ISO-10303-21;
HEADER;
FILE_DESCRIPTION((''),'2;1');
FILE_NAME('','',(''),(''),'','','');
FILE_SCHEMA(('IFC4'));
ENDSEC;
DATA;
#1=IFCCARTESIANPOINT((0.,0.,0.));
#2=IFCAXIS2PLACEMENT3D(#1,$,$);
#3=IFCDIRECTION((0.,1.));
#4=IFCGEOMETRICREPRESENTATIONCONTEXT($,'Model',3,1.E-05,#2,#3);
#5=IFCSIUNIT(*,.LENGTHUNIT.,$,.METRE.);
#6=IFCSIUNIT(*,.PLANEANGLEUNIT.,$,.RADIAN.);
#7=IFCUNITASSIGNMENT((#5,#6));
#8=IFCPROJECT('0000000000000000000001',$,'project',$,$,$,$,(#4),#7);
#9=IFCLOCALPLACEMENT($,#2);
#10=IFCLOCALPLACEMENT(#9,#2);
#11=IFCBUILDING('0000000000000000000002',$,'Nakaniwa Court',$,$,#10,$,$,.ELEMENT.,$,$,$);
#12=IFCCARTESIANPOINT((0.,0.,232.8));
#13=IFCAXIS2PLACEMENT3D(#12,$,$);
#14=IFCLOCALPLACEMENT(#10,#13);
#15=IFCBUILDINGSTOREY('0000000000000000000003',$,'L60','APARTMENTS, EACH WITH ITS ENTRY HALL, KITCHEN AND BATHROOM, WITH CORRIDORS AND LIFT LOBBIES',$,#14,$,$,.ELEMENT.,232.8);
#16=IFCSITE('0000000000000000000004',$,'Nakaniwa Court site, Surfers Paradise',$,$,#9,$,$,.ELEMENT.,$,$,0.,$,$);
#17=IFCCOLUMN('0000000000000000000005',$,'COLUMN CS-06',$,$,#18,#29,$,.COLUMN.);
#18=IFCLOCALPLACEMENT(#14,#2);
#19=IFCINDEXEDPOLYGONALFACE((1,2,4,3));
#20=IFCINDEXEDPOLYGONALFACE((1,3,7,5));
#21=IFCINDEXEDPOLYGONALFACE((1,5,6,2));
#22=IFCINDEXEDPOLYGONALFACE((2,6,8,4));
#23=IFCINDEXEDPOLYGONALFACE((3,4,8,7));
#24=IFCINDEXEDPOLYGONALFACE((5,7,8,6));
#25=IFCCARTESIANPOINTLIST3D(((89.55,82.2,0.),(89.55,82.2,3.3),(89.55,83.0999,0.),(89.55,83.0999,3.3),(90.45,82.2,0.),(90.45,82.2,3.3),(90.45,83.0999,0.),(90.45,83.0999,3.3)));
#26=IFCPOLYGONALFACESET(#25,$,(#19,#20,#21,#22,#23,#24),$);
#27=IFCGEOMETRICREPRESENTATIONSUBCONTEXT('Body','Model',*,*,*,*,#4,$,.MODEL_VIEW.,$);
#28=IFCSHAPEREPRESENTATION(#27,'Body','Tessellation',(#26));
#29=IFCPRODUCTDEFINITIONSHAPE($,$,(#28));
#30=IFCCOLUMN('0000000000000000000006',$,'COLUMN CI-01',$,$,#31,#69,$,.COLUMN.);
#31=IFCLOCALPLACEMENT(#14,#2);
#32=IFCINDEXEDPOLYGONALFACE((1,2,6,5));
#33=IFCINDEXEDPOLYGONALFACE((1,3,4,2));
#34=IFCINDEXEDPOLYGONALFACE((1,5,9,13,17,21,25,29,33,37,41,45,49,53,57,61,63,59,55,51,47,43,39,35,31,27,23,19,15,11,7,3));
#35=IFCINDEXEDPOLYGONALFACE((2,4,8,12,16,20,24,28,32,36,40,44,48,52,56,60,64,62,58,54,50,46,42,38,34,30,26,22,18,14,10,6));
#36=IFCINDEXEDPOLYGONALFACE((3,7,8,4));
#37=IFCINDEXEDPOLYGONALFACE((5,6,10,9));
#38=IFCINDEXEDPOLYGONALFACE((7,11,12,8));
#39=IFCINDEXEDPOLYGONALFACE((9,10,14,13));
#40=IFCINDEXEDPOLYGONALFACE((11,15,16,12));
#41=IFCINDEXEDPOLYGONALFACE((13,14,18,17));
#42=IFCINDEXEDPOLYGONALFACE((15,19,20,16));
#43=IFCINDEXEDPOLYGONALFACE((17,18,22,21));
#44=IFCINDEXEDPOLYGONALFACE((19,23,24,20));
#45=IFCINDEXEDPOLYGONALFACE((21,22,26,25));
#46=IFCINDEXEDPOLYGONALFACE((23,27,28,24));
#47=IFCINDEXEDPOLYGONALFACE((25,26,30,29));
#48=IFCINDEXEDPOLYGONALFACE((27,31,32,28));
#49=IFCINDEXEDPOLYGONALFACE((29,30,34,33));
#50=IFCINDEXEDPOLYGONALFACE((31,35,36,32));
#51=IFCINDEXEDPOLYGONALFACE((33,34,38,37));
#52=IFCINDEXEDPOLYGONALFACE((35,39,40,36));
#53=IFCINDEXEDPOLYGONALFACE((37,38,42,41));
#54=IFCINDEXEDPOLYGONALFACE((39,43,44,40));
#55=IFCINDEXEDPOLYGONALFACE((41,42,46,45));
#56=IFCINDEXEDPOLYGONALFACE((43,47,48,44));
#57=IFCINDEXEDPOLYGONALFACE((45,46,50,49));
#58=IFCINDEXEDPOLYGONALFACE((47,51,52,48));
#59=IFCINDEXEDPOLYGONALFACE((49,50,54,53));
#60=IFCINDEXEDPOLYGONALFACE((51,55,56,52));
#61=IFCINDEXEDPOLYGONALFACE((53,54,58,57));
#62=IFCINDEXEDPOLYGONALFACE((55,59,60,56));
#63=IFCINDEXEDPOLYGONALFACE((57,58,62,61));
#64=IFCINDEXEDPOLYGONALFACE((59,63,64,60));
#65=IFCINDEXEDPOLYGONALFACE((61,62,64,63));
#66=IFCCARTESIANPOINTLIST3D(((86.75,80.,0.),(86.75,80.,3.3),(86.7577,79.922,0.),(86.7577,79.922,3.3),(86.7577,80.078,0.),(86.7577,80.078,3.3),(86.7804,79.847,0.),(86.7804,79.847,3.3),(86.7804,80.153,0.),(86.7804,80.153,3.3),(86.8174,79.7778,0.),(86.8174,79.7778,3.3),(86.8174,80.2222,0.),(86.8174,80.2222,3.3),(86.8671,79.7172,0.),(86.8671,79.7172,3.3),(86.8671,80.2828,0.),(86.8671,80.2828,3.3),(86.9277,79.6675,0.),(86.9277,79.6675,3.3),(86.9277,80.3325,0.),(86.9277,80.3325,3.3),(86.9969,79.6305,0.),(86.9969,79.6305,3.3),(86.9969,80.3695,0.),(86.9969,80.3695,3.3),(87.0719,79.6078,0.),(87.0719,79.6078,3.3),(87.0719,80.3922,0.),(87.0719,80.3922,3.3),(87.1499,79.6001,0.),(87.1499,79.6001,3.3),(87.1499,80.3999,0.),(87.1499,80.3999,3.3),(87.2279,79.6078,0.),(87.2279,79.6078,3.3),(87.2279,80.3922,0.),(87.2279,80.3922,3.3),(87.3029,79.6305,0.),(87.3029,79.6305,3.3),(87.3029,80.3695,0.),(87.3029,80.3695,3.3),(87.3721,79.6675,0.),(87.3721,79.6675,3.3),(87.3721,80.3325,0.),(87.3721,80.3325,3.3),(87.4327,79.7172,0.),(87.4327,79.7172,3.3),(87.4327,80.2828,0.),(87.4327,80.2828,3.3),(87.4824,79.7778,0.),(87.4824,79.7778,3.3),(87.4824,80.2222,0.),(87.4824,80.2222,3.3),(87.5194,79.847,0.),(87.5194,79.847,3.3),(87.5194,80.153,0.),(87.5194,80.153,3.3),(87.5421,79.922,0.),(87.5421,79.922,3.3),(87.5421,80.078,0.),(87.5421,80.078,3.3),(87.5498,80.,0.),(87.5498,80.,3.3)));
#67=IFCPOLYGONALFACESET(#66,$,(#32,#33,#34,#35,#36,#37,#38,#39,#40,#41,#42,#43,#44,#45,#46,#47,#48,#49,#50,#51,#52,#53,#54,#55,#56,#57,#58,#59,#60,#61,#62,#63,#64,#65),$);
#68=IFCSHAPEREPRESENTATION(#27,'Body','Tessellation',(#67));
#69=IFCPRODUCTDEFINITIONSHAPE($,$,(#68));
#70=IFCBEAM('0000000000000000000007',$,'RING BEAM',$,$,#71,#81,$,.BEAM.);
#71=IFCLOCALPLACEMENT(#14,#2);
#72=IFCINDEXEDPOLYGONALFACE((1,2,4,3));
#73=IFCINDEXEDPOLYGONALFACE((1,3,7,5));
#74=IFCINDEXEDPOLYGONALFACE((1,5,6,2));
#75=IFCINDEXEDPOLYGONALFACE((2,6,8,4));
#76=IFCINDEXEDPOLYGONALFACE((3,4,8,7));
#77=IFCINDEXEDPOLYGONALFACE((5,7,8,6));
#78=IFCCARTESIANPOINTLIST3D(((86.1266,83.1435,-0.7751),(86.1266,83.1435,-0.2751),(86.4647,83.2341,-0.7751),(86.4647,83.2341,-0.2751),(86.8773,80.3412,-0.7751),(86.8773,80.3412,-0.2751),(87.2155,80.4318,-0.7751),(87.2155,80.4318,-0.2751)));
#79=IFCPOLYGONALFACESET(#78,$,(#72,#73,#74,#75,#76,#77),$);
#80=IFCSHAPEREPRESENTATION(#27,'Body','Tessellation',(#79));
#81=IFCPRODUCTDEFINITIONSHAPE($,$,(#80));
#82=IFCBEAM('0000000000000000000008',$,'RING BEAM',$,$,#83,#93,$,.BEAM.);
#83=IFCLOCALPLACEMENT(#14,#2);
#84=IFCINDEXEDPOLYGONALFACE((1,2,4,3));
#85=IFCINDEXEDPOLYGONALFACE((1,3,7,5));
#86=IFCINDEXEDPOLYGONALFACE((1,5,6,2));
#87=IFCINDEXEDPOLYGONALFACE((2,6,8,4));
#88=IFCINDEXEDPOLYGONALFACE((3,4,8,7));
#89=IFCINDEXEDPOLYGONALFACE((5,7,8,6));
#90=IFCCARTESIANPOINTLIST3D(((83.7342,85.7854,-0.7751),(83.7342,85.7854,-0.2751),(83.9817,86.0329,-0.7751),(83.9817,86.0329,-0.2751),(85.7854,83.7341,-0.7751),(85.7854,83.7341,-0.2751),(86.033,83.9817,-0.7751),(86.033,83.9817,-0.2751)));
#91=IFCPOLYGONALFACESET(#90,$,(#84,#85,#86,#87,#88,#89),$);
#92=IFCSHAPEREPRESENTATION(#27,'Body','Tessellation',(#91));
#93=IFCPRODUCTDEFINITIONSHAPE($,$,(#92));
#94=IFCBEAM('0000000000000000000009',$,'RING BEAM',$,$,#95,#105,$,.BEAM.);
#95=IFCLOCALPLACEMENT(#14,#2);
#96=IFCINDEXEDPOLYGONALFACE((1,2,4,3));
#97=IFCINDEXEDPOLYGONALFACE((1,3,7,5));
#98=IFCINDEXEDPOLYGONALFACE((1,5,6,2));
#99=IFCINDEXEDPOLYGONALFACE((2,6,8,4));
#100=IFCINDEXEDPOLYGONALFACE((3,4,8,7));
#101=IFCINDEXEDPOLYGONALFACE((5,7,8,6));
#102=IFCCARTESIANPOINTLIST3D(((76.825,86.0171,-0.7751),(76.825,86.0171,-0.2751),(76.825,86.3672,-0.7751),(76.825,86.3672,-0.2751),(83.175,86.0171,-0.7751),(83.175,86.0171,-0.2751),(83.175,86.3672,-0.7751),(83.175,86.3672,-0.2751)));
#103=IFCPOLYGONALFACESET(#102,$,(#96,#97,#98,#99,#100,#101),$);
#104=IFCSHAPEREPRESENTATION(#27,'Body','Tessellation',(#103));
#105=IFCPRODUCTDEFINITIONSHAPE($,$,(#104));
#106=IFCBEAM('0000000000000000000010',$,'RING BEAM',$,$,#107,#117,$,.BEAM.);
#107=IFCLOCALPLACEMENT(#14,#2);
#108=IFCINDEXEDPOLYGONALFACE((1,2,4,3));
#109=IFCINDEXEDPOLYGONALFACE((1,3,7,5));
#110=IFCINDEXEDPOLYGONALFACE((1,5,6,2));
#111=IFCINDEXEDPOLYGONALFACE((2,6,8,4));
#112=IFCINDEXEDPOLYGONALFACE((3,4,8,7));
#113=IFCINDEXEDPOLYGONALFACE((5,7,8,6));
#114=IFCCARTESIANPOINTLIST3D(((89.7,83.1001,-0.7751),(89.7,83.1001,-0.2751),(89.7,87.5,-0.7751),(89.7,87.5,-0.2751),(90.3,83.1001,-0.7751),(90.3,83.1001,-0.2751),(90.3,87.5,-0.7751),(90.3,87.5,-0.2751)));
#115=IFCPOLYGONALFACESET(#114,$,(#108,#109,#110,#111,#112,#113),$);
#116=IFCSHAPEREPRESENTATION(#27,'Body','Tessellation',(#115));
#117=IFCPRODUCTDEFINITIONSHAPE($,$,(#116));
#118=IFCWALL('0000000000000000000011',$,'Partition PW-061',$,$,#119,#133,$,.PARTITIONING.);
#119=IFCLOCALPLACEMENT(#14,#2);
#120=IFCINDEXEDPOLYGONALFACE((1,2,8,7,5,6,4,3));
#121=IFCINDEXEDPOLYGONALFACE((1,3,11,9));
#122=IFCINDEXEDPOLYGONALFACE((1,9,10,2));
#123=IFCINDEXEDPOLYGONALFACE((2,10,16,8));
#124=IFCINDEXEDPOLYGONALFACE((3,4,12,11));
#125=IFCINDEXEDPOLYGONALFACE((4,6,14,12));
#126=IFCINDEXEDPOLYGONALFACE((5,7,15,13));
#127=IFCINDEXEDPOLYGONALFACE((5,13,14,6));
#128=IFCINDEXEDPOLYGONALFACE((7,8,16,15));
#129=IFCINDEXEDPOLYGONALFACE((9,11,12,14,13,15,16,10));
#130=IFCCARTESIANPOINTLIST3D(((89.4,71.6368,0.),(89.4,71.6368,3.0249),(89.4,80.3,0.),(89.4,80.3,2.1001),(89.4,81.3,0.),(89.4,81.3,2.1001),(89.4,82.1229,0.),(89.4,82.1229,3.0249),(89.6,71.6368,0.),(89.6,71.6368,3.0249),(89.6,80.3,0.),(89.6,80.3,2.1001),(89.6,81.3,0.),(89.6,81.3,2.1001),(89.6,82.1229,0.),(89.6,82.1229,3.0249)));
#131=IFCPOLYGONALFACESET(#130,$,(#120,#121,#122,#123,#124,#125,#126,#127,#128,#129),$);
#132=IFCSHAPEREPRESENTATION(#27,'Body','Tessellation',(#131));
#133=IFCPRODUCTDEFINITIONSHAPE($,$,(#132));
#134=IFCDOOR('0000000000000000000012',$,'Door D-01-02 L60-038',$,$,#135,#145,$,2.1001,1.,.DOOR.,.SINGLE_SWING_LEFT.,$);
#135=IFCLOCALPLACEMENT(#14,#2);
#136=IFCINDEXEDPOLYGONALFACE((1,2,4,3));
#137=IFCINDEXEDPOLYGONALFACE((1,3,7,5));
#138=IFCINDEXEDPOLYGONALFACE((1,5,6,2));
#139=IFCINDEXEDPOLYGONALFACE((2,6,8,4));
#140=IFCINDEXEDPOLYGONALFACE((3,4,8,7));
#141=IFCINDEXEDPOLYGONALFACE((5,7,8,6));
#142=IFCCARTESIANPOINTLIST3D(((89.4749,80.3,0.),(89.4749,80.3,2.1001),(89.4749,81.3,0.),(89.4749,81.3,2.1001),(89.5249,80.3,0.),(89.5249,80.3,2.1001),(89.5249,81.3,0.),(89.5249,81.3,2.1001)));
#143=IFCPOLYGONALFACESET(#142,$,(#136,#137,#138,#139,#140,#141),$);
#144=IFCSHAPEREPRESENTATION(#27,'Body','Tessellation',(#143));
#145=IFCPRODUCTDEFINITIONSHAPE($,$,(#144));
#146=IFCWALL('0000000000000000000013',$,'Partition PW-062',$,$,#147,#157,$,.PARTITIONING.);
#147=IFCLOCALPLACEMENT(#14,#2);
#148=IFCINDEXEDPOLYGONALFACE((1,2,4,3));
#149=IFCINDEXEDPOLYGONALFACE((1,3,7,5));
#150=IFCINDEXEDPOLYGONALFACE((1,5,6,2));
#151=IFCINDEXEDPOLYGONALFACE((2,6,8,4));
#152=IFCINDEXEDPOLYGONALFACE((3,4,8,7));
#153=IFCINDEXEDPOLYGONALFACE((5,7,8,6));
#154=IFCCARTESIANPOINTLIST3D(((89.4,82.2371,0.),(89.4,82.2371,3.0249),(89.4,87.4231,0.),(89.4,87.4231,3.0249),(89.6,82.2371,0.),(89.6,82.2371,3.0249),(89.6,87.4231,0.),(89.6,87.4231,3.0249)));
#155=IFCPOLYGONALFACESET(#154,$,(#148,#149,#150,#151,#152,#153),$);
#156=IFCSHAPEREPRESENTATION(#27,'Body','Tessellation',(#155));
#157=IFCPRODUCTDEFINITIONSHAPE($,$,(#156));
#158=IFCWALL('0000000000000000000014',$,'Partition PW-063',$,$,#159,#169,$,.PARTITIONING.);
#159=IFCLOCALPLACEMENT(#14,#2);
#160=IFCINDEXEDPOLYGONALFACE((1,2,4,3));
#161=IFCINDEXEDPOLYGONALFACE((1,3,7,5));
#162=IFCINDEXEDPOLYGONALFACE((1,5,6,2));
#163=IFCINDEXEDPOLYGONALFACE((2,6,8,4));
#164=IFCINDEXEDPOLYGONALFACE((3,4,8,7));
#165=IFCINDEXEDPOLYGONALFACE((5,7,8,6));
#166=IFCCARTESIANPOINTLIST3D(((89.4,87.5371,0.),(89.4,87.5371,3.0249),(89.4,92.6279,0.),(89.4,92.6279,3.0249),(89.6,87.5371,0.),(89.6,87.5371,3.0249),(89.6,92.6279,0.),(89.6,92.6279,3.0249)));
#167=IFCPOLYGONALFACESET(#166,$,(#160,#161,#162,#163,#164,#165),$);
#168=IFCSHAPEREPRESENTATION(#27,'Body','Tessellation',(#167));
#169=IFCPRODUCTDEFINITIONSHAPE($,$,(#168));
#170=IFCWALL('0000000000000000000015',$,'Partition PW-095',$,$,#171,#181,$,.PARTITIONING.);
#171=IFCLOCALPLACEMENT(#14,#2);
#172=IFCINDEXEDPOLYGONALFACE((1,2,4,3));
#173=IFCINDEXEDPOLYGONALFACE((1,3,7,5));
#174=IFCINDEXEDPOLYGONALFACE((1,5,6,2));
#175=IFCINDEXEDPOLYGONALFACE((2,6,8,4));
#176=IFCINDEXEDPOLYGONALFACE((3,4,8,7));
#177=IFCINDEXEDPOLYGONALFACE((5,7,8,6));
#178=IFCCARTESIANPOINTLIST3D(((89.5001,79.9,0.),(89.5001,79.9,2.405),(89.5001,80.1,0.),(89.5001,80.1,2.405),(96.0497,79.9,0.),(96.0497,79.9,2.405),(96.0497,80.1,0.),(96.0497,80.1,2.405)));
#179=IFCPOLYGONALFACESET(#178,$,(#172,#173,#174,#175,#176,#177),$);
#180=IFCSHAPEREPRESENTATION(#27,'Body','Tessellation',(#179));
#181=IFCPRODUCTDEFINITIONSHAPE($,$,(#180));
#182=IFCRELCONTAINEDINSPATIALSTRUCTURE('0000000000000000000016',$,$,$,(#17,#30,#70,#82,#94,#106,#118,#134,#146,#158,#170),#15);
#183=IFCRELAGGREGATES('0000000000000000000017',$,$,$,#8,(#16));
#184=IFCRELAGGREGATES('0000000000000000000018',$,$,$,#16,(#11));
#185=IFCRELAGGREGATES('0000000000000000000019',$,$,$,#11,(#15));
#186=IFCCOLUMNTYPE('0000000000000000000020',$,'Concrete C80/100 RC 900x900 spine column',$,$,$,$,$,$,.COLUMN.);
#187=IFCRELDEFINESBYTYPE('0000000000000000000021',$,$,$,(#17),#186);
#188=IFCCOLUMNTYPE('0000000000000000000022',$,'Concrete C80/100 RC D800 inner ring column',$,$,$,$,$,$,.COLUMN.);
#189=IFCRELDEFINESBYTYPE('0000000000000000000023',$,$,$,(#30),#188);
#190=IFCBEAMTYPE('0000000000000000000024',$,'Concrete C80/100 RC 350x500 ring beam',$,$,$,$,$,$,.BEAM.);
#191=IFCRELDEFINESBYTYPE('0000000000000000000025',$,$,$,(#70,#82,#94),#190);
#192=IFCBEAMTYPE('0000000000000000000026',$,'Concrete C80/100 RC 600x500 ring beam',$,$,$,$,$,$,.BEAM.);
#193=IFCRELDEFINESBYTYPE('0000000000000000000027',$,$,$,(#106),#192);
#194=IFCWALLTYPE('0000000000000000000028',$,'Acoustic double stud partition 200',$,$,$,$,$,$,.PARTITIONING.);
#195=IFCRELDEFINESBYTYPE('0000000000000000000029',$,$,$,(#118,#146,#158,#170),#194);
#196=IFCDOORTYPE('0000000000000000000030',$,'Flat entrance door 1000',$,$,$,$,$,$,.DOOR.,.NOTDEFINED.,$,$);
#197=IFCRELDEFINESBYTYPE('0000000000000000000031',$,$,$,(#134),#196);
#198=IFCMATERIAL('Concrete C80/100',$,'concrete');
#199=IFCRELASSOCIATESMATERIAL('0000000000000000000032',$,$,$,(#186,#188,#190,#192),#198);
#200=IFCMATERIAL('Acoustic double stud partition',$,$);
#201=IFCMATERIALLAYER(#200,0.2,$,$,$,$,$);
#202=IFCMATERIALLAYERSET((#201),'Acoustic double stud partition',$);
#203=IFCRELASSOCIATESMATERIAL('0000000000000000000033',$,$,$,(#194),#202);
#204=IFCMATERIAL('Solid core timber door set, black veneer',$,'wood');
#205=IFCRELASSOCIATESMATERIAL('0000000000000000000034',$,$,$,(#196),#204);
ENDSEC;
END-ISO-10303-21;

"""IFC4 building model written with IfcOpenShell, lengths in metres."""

from ifc_helpers import new_model, si_unit, direction, frame, frame_2d, origin, origin_2d, place, context, subcontext, project, spatial, rectangle, circle, extrude, material, layer, layer_set, material_profile, profile_set, type_object, element, fill, save


model = new_model("IFC4")

# Units and contexts
model_context = context("Model", 3, precision=1e-05, world=origin(), true_north=direction((0.0, 1.0)))
body_context = subcontext(model_context, "Body", "Model", "MODEL_VIEW")
ifc_project = project(units=[si_unit("LENGTHUNIT", "METRE"), si_unit("PLANEANGLEUNIT", "RADIAN")], contexts=[model_context])

# Site, building, storey
site_placement = place(None, origin())
site = spatial("IfcSite", under=ifc_project, at=site_placement, Name="Nakaniwa Court site, Surfers Paradise", CompositionType="ELEMENT", RefElevation=0.0)
building_placement = place(site_placement, origin())
building = spatial("IfcBuilding", under=site, at=building_placement, Name="Nakaniwa Court", CompositionType="ELEMENT")
storey_placement = place(building_placement, frame((0.0, 0.0, 232.8)))
storey = spatial("IfcBuildingStorey", under=building, at=storey_placement, Name="L60", Description="APARTMENTS, EACH WITH ITS ENTRY HALL, KITCHEN AND BATHROOM, WITH CORRIDORS AND LIFT LOBBIES", CompositionType="ELEMENT", Elevation=232.8)

# Columns
ifc_material_1 = material(Name="Concrete C80/100", Category="concrete")
ifc_material_profile_1 = material_profile(ifc_material_1, rectangle(XDim=0.8999, YDim=0.8999, at=origin_2d()), Name="Concrete C80/100 RC 900x900 spine column")
ifc_profile_set_1 = profile_set([ifc_material_profile_1], Name="Concrete C80/100")
column_type_1 = type_object("IfcColumnType", Name="Concrete C80/100 RC 900x900 spine column", PredefinedType="COLUMN", material=ifc_profile_set_1)
column_placement = place(storey_placement, frame((90.0, 82.6499, 0.0), z_axis=(0.0, 0.0, 1.0), x_axis=(0.0, 1.0, 0.0)))
element("IfcColumn", 1, at=column_placement, inside=storey, type_object=column_type_1, Name="COLUMN CS-06", PredefinedType="COLUMN", context=body_context, shape_type="SweptSolid", body=[
    extrude(rectangle(XDim=0.8999, YDim=0.8999, at=origin_2d()), origin(), (0.0, 0.0, 1.0), 3.3),
])
ifc_material_profile_2 = material_profile(ifc_material_1, circle(Radius=0.3999, at=origin_2d()), Name="Concrete C80/100 RC D800 inner ring column")
ifc_profile_set_2 = profile_set([ifc_material_profile_2], Name="Concrete C80/100")
column_type_2 = type_object("IfcColumnType", Name="Concrete C80/100 RC D800 inner ring column", PredefinedType="COLUMN", material=ifc_profile_set_2)
for number, where, z_axis, x_axis, name in (
    (2, (87.1499, 80.0, 0.0), (0.0, 0.0, 1.0), (0.0, 1.0, 0.0), "COLUMN CI-01"),
):
    element("IfcColumn", number, at=place(storey_placement, frame(where, z_axis=z_axis, x_axis=x_axis)), inside=storey, type_object=column_type_2, Name=name, PredefinedType="COLUMN", context=body_context, shape_type="SweptSolid", body=[
        extrude(circle(Radius=0.3999, at=origin_2d()), origin(), (0.0, 0.0, 1.0), 3.3),
    ])

# Beams
ifc_material_profile_3 = material_profile(ifc_material_1, rectangle(XDim=0.3501, YDim=0.5, at=origin_2d()), Name="Concrete C80/100 RC 350x500 ring beam")
ifc_profile_set_3 = profile_set([ifc_material_profile_3], Name="Concrete C80/100")
beam_type_1 = type_object("IfcBeamType", Name="Concrete C80/100 RC 350x500 ring beam", PredefinedType="BEAM", material=ifc_profile_set_3)
beam_1_placement = place(storey_placement, frame((87.0464, 80.3865, -0.5251), z_axis=(-0.258778, 0.965937, 0.0), x_axis=(-0.965937, -0.258778, 0.0)))
element("IfcBeam", 3, at=beam_1_placement, inside=storey, type_object=beam_type_1, Name="RING BEAM", PredefinedType="BEAM", context=body_context, shape_type="SweptSolid", body=[
    extrude(rectangle(XDim=0.3501, YDim=0.5, at=origin_2d()), origin(), (0.0, 0.0, 1.0), 2.9011),
])
beam_2_placement = place(storey_placement, frame((85.9092, 83.8579, -0.5251), z_axis=(-0.707107, 0.707107, 0.0), x_axis=(-0.707107, -0.707107, 0.0)))
element("IfcBeam", 4, at=beam_2_placement, inside=storey, type_object=beam_type_1, Name="RING BEAM", PredefinedType="BEAM", context=body_context, shape_type="SweptSolid", body=[
    extrude(rectangle(XDim=0.3501, YDim=0.5, at=origin_2d()), origin(), (0.0, 0.0, 1.0), 2.9009),
])
beam_3_placement = place(storey_placement, frame((83.175, 86.1921, -0.5251), z_axis=(-1.0, 0.0, 0.0), x_axis=(0.0, -1.0, 0.0)))
element("IfcBeam", 5, at=beam_3_placement, inside=storey, type_object=beam_type_1, Name="RING BEAM", PredefinedType="BEAM", context=body_context, shape_type="SweptSolid", body=[
    extrude(rectangle(XDim=0.3501, YDim=0.5, at=origin_2d()), origin(), (0.0, 0.0, 1.0), 6.3501),
])
ifc_material_profile_4 = material_profile(ifc_material_1, rectangle(XDim=0.6001, YDim=0.5, at=origin_2d()), Name="Concrete C80/100 RC 600x500 ring beam")
ifc_profile_set_4 = profile_set([ifc_material_profile_4], Name="Concrete C80/100")
beam_type_2 = type_object("IfcBeamType", Name="Concrete C80/100 RC 600x500 ring beam", PredefinedType="BEAM", material=ifc_profile_set_4)
beam_4_placement = place(storey_placement, frame((90.0, 83.1001, -0.5251), z_axis=(0.0, 1.0, 0.0), x_axis=(-1.0, 0.0, 0.0)))
element("IfcBeam", 6, at=beam_4_placement, inside=storey, type_object=beam_type_2, Name="RING BEAM", PredefinedType="BEAM", context=body_context, shape_type="SweptSolid", body=[
    extrude(rectangle(XDim=0.6001, YDim=0.5, at=origin_2d()), origin(), (0.0, 0.0, 1.0), 4.3999),
])

# Wall, opening, door
ifc_material_2 = material(Name="Acoustic double stud partition")
ifc_layer_1 = layer(ifc_material_2, 0.2)
ifc_layer_set_1 = layer_set([ifc_layer_1], Name="Acoustic double stud partition")
wall_type_1 = type_object("IfcWallType", Name="Acoustic double stud partition 200", PredefinedType="PARTITIONING", material=ifc_layer_set_1)
wall_1_placement = place(storey_placement, frame((89.5, 82.123, 0.0), z_axis=(0.0, 0.0, 1.0), x_axis=(0.0, -1.0, 0.0)))
wall_1 = element("IfcWall", 7, at=wall_1_placement, inside=storey, type_object=wall_type_1, Name="Partition PW-061", PredefinedType="PARTITIONING", context=body_context, shape_type="SweptSolid", body=[
    extrude(rectangle(XDim=10.4861, YDim=0.2, at=frame_2d((5.2432, 0.0))), origin(), (0.0, 0.0, 1.0), 3.0249),
])
opening_1_placement = place(wall_1_placement, frame((0.823, 0.0, 0.0)))
opening_1 = element("IfcOpeningElement", 8, at=opening_1_placement, cuts=wall_1, PredefinedType="OPENING", context=body_context, shape_type="SweptSolid", body=[
    extrude(rectangle(XDim=1.0, YDim=2.1001, at=frame_2d((0.5, 1.05))), frame((0.0, 0.1099, 0.0), z_axis=(0.0, -1.0, 0.0), x_axis=(1.0, 0.0, 0.0)), (0.0, 0.0, 1.0), 0.22),
])
ifc_material_3 = material(Name="Solid core timber door set, black veneer", Category="wood")
door_type_1 = type_object("IfcDoorType", Name="Flat entrance door 1000", OperationType="NOTDEFINED", PredefinedType="DOOR", material=ifc_material_3)
door_1_placement = place(opening_1_placement, origin())
door_1 = element("IfcDoor", 9, at=door_1_placement, inside=storey, type_object=door_type_1, Name="Door D-01-02 L60-038", OperationType="SINGLE_SWING_LEFT", OverallHeight=2.1001, OverallWidth=1.0, PredefinedType="DOOR", context=body_context, shape_type="SweptSolid", body=[
    extrude(rectangle(XDim=1.0, YDim=2.1001, at=frame_2d((0.5, 1.05))), frame((0.0, 0.0249, 0.0), z_axis=(0.0, -1.0, 0.0), x_axis=(1.0, 0.0, 0.0)), (0.0, 0.0, 1.0), 0.05),
])
fill(opening_1, door_1)

# Walls
wall_2_placement = place(storey_placement, frame((89.5, 82.2371, 0.0), z_axis=(0.0, 0.0, 1.0), x_axis=(0.0, 1.0, 0.0)))
element("IfcWall", 10, at=wall_2_placement, inside=storey, type_object=wall_type_1, Name="Partition PW-062", PredefinedType="PARTITIONING", context=body_context, shape_type="SweptSolid", body=[
    extrude(rectangle(XDim=5.186, YDim=0.2, at=frame_2d((2.593, 0.0))), origin(), (0.0, 0.0, 1.0), 3.0249),
])
wall_3_placement = place(storey_placement, frame((89.5, 87.5371, 0.0), z_axis=(0.0, 0.0, 1.0), x_axis=(0.0, 1.0, 0.0)))
element("IfcWall", 11, at=wall_3_placement, inside=storey, type_object=wall_type_1, Name="Partition PW-063", PredefinedType="PARTITIONING", context=body_context, shape_type="SweptSolid", body=[
    extrude(rectangle(XDim=5.0908, YDim=0.2, at=frame_2d((2.5454, 0.0))), origin(), (0.0, 0.0, 1.0), 3.0249),
])
wall_4_placement = place(storey_placement, frame((89.5, 80.0, 0.0), z_axis=(0.0, 0.0, 1.0), x_axis=(1.0, 0.0, 0.0)))
element("IfcWall", 12, at=wall_4_placement, inside=storey, type_object=wall_type_1, Name="Partition PW-095", PredefinedType="PARTITIONING", context=body_context, shape_type="SweptSolid", body=[
    extrude(rectangle(XDim=6.5496, YDim=0.2, at=frame_2d((3.2749, 0.0))), origin(), (0.0, 0.0, 1.0), 2.405),
])

save(model, "model.ifc")
